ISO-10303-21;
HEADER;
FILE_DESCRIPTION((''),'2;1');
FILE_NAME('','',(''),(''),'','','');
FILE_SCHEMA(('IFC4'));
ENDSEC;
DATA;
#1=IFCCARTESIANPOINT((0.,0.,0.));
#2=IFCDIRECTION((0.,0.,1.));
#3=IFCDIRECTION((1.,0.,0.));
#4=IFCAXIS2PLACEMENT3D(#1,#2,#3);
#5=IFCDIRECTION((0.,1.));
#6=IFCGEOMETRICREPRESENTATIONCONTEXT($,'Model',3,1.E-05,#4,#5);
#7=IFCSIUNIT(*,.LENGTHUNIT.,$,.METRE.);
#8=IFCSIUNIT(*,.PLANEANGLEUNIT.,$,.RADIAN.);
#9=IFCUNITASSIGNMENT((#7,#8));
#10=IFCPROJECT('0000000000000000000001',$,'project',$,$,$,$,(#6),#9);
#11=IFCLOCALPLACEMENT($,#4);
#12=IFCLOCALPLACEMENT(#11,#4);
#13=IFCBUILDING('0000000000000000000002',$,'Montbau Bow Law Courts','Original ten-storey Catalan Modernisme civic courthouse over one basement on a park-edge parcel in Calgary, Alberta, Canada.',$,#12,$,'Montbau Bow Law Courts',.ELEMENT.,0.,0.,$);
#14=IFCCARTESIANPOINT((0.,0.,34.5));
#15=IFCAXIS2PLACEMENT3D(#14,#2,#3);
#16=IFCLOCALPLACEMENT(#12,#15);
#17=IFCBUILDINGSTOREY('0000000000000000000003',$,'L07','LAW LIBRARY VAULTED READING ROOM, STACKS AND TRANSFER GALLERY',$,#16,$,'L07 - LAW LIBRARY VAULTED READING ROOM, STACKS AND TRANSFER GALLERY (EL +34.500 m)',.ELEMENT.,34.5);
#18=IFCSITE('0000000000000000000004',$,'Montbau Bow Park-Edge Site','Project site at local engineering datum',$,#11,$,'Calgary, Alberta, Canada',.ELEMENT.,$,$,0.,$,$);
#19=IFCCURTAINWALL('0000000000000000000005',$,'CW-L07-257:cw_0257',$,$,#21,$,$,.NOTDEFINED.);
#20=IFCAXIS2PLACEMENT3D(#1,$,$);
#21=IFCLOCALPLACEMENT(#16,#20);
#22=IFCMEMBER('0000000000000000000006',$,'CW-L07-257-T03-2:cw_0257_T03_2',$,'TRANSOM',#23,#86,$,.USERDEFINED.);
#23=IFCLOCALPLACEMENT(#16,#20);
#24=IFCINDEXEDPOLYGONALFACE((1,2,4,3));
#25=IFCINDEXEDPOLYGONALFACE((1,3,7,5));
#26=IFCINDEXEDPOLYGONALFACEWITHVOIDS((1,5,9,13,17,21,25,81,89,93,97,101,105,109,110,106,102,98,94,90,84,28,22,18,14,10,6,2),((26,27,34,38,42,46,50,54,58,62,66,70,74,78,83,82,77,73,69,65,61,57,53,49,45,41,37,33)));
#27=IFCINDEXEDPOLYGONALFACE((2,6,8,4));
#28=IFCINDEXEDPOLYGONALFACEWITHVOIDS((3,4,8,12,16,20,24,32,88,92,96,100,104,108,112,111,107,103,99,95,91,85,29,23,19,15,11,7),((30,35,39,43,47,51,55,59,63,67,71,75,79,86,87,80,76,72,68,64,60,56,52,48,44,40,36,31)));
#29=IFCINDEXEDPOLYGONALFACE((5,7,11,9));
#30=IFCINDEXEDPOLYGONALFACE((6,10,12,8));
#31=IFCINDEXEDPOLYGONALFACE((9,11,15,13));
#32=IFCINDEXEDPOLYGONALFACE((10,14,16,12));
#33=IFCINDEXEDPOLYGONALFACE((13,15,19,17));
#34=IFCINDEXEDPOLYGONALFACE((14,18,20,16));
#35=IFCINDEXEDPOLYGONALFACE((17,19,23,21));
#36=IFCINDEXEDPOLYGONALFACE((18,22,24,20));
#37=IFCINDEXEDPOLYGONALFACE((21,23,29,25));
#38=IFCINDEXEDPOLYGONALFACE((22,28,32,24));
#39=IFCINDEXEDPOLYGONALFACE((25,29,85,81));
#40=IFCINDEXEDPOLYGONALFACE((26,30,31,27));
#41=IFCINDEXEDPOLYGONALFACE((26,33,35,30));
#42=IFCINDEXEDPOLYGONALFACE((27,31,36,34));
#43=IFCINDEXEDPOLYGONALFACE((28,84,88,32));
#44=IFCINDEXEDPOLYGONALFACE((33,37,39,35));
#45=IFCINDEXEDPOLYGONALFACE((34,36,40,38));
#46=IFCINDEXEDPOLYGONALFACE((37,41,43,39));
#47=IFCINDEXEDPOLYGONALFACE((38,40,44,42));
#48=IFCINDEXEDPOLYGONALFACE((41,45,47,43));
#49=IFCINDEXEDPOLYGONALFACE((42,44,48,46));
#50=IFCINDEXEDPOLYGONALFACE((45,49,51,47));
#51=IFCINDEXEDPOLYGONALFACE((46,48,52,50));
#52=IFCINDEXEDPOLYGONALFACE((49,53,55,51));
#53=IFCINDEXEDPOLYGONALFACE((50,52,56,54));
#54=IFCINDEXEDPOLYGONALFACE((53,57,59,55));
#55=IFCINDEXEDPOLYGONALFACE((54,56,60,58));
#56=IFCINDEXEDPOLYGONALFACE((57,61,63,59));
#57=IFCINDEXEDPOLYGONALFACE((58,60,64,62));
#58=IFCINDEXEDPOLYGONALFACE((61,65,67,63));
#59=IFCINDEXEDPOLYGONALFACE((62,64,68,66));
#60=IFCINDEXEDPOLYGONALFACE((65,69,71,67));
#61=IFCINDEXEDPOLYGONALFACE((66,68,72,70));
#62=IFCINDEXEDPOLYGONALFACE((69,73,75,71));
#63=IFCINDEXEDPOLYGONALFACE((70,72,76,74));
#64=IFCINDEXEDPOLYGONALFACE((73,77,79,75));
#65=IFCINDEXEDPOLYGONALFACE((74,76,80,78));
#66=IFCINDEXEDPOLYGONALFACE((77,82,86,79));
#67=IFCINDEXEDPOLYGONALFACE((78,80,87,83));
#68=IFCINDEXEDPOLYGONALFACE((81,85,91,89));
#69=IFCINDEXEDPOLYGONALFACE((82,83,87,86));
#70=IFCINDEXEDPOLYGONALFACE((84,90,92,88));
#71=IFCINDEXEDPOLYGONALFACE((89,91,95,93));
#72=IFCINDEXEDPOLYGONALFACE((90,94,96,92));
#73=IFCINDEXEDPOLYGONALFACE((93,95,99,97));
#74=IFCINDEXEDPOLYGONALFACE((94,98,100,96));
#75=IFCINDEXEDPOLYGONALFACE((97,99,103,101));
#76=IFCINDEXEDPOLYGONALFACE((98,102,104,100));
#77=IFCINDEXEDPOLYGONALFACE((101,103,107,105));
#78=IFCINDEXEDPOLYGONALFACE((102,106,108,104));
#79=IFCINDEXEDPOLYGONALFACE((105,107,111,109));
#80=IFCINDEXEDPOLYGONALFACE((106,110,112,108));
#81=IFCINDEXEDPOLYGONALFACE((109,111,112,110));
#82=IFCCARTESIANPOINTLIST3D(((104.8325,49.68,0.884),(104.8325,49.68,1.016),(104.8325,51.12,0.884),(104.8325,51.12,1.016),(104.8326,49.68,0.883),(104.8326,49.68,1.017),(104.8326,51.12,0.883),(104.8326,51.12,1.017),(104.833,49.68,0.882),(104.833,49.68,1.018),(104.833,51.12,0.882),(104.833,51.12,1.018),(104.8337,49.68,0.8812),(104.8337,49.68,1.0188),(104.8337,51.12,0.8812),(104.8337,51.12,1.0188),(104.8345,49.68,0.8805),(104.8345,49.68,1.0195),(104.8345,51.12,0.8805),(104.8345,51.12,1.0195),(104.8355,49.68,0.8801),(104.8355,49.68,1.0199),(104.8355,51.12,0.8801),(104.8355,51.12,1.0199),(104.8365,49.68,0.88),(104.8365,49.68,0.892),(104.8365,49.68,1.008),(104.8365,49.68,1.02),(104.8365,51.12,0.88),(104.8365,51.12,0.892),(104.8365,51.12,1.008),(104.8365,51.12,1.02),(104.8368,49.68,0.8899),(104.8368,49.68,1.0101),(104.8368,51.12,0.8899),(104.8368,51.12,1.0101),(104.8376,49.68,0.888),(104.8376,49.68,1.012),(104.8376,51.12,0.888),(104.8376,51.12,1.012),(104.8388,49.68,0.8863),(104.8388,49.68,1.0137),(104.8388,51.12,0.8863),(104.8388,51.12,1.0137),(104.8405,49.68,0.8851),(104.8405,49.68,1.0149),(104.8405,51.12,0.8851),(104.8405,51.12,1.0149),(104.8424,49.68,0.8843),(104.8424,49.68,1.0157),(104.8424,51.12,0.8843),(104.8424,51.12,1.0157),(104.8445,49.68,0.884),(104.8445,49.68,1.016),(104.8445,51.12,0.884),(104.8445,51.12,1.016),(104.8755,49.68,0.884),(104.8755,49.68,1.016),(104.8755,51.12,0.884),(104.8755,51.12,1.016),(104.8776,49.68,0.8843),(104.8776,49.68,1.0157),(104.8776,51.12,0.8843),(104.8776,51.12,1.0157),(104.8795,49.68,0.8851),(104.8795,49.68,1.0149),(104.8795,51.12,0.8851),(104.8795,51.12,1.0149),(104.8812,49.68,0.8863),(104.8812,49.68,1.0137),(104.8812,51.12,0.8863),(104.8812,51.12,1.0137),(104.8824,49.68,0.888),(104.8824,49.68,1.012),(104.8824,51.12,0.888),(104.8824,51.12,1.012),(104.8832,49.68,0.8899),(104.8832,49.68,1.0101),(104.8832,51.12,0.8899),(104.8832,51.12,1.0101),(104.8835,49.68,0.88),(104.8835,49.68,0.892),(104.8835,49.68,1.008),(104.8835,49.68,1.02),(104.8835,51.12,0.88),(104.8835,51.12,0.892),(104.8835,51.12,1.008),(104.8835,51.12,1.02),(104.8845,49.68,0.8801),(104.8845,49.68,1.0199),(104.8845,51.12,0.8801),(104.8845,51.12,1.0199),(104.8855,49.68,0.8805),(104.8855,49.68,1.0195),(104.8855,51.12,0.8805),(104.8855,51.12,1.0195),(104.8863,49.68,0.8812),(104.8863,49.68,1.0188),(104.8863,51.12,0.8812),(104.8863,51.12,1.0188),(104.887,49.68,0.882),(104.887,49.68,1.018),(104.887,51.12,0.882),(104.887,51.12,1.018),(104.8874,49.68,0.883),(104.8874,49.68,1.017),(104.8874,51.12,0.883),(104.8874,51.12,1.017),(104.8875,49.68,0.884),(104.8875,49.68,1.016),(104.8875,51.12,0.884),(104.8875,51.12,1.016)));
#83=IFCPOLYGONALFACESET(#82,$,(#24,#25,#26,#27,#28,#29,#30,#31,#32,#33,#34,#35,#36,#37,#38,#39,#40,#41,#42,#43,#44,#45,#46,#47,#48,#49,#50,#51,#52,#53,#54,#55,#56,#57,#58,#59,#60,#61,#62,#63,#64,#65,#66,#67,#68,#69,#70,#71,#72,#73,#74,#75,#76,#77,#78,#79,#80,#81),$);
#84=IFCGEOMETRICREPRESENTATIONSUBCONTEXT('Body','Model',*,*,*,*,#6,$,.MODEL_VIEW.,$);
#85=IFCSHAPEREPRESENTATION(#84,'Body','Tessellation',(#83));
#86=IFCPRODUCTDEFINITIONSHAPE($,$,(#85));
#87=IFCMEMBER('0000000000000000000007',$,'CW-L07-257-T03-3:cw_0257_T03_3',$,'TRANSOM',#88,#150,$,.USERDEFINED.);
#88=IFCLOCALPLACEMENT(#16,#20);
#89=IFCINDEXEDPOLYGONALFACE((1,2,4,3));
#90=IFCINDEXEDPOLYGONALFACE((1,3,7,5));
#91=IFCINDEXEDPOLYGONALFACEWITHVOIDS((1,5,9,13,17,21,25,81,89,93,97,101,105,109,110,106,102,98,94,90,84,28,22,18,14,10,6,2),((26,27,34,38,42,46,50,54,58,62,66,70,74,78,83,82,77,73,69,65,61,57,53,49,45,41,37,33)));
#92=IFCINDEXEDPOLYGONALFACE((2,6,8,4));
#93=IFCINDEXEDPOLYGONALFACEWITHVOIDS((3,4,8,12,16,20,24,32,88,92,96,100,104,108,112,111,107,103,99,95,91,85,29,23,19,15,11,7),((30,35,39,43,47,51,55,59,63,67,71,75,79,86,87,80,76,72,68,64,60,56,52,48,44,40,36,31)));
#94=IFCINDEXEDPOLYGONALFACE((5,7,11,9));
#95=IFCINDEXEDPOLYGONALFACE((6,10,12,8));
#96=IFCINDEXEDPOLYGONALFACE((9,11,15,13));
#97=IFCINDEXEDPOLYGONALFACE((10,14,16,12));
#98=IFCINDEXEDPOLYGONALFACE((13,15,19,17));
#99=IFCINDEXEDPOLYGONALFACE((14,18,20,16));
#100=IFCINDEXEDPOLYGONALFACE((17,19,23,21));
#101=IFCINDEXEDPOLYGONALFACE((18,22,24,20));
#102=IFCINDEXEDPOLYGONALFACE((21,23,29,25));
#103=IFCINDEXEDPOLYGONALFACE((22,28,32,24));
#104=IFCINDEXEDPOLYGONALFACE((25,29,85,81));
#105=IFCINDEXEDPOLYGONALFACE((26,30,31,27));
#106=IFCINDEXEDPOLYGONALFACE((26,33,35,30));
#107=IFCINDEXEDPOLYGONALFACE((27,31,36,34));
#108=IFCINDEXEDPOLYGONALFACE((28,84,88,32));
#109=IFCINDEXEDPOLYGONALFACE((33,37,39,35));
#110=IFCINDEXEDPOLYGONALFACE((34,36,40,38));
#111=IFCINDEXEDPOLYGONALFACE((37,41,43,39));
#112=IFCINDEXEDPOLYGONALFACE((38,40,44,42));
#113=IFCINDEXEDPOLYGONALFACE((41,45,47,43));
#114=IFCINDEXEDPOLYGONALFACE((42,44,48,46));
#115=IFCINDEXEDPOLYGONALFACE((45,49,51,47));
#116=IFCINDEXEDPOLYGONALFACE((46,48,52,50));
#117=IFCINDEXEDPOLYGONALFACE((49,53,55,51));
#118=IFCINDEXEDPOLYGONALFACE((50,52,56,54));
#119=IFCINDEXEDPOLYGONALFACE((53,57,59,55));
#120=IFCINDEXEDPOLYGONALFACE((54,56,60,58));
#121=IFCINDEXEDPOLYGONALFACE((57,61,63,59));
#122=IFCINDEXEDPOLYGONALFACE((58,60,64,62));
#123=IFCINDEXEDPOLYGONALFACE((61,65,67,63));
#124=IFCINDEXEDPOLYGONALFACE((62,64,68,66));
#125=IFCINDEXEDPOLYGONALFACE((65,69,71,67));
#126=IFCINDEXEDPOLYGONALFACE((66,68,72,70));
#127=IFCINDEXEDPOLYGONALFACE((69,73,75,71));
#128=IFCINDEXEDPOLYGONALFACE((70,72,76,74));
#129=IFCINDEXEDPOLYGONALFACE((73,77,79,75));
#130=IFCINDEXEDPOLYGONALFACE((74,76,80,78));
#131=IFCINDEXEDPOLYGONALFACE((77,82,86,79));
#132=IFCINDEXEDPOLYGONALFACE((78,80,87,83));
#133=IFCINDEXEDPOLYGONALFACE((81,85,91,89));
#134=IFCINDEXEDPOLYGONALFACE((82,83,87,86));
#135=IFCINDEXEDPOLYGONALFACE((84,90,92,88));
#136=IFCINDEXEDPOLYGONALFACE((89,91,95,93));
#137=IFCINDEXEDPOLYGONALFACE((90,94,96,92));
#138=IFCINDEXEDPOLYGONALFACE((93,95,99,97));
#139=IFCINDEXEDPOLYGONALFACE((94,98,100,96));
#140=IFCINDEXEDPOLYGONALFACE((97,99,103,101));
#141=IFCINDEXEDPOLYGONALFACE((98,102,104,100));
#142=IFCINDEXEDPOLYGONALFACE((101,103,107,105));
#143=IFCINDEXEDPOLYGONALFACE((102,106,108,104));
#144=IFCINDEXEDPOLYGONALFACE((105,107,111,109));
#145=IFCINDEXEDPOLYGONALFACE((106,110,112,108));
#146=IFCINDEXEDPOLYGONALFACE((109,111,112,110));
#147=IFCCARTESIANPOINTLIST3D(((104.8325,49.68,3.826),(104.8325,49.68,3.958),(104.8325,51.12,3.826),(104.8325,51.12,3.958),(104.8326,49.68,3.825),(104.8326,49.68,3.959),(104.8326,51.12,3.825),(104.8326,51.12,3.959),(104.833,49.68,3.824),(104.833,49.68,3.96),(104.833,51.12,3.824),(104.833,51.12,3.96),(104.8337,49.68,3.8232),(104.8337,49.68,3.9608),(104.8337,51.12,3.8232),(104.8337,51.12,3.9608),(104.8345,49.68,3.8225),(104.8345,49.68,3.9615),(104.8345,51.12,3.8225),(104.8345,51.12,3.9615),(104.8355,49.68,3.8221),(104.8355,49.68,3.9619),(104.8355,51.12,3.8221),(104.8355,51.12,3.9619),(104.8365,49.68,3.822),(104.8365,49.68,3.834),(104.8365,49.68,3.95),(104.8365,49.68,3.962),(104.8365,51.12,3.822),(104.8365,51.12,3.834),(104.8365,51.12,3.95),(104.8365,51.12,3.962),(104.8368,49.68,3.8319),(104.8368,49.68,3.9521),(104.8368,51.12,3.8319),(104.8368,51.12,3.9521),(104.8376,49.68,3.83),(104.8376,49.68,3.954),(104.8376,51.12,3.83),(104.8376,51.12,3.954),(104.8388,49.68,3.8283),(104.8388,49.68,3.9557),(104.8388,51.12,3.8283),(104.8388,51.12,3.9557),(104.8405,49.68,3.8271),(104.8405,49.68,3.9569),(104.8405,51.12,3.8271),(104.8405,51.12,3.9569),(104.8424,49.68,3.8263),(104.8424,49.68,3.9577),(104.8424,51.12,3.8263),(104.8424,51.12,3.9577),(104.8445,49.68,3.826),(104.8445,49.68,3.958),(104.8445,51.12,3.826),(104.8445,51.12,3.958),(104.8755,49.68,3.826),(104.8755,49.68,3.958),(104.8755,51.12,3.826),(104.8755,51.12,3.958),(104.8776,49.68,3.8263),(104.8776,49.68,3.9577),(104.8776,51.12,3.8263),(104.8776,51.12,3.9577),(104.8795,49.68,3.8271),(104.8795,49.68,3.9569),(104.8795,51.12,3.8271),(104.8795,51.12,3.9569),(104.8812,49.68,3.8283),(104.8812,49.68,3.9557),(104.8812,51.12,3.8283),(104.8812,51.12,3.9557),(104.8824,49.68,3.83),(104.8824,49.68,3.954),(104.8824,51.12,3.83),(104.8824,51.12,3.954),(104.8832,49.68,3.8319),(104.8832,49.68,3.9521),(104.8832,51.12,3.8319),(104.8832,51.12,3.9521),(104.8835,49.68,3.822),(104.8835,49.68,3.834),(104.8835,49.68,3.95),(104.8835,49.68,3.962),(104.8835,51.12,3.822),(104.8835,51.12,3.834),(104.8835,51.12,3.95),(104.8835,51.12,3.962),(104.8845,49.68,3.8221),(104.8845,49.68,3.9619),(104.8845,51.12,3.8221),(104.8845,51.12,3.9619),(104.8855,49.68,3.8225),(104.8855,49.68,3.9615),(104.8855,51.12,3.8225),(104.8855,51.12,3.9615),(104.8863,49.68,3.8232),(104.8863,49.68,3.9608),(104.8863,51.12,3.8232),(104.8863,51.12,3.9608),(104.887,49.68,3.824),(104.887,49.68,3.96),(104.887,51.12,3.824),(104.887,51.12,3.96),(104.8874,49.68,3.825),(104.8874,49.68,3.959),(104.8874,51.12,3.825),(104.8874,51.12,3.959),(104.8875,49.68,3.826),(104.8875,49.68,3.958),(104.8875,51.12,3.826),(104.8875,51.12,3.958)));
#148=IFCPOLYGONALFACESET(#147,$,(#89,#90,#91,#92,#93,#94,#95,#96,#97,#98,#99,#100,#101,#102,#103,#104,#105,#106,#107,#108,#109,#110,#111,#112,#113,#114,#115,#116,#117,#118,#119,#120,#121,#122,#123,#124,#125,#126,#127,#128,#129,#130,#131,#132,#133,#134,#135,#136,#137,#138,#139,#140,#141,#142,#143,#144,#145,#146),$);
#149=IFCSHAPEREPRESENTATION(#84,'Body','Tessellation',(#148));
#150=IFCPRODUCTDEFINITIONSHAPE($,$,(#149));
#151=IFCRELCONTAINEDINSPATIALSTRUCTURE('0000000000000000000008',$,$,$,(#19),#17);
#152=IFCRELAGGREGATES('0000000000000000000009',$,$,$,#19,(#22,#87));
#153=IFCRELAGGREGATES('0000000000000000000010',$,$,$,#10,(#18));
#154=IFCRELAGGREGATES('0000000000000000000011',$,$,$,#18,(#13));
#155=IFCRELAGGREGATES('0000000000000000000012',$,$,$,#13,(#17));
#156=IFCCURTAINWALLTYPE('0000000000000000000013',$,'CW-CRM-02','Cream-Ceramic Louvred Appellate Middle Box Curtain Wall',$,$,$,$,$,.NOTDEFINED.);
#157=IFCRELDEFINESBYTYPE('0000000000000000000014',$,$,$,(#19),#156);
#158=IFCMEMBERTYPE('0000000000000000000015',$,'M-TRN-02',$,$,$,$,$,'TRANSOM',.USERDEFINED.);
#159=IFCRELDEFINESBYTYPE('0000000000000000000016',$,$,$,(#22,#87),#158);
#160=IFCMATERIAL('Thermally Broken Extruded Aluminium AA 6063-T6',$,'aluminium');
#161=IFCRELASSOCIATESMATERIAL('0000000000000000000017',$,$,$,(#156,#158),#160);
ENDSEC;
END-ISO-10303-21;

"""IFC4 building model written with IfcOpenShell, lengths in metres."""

from ifc_helpers import new_model, si_unit, direction, frame, origin_with_axes, origin_2d_with_axis, place, context, subcontext, project, spatial, hollow_rectangle, extrude, material, material_profile, profile_set, type_object, element, aggregate, save


model = new_model("IFC4")

# Units and contexts
model_context = context("Model", 3, precision=1e-05, world=origin_with_axes(), true_north=direction((0.0, 1.0)))
body_context = subcontext(model_context, "Body", "Model", "MODEL_VIEW")
ifc_project = project(units=[si_unit("LENGTHUNIT", "METRE"), si_unit("PLANEANGLEUNIT", "RADIAN")], contexts=[model_context])

# Site, building, storey
site_placement = place(None, origin_with_axes())
site = spatial("IfcSite", under=ifc_project, at=site_placement, Name="Montbau Bow Park-Edge Site", Description="Project site at local engineering datum", LongName="Calgary, Alberta, Canada", CompositionType="ELEMENT", RefElevation=0.0)
building_placement = place(site_placement, origin_with_axes())
building = spatial("IfcBuilding", under=site, at=building_placement, Name="Montbau Bow Law Courts", Description="Original ten-storey Catalan Modernisme civic courthouse over one basement on a park-edge parcel in Calgary, Alberta, Canada.", LongName="Montbau Bow Law Courts", CompositionType="ELEMENT", ElevationOfRefHeight=0.0, ElevationOfTerrain=0.0)
storey_placement = place(building_placement, frame((0.0, 0.0, 34.5), z_axis=(0.0, 0.0, 1.0), x_axis=(1.0, 0.0, 0.0)))
storey = spatial("IfcBuildingStorey", under=building, at=storey_placement, Name="L07", Description="LAW LIBRARY VAULTED READING ROOM, STACKS AND TRANSFER GALLERY", LongName="L07 - LAW LIBRARY VAULTED READING ROOM, STACKS AND TRANSFER GALLERY (EL +34.500 m)", CompositionType="ELEMENT", Elevation=34.5)

# Curtain wall
ifc_material_1 = material(Name="Thermally Broken Extruded Aluminium AA 6063-T6", Category="aluminium")
curtain_wall_type = type_object("IfcCurtainWallType", Name="CW-CRM-02", Description="Cream-Ceramic Louvred Appellate Middle Box Curtain Wall", PredefinedType="NOTDEFINED", material=ifc_material_1)
curtain_wall_1_placement = place(None, frame((104.86, 46.64, 34.5), z_axis=(0.0, 0.0, 1.0), x_axis=(1.0, 0.0, 0.0)))
curtain_wall_1 = element("IfcCurtainWall", 1, at=curtain_wall_1_placement, inside=storey, type_object=curtain_wall_type, Name="CW-L07-257:cw_0257", PredefinedType="NOTDEFINED")

# Members
ifc_material_profile_1 = material_profile(ifc_material_1, hollow_rectangle(XDim=0.055, YDim=0.14, WallThickness=0.004, InnerFilletRadius=0.008, OuterFilletRadius=0.004, at=origin_2d_with_axis()), Name="CWT-140X55", Category="Main", Priority=0)
ifc_profile_set_1 = profile_set([ifc_material_profile_1], Name="Thermally Broken Extruded Aluminium AA 6063-T6")
member_type_1 = type_object("IfcMemberType", Name="M-TRN-02", ElementType="TRANSOM", PredefinedType="USERDEFINED", material=ifc_profile_set_1)
member_1_placement = place(None, frame((104.86, 49.68, 35.45), z_axis=(0.0, 1.0, 0.0), x_axis=(-1.0, 0.0, 0.0)))
member_1 = element("IfcMember", 2, at=member_1_placement, type_object=member_type_1, Name="CW-L07-257-T03-2:cw_0257_T03_2", ObjectType="TRANSOM", PredefinedType="USERDEFINED", context=body_context, shape_type="SweptSolid", body=[
    extrude(hollow_rectangle(XDim=0.055, YDim=0.14, WallThickness=0.004, InnerFilletRadius=0.008, OuterFilletRadius=0.004, at=origin_2d_with_axis()), origin_with_axes(), (0.0, 0.0, 1.0), 1.44),
])
member_2_placement = place(None, frame((104.86, 49.68, 38.392), z_axis=(0.0, 1.0, 0.0), x_axis=(-1.0, 0.0, 0.0)))
member_2 = element("IfcMember", 3, at=member_2_placement, type_object=member_type_1, Name="CW-L07-257-T03-3:cw_0257_T03_3", ObjectType="TRANSOM", PredefinedType="USERDEFINED", context=body_context, shape_type="SweptSolid", body=[
    extrude(hollow_rectangle(XDim=0.055, YDim=0.14, WallThickness=0.004, InnerFilletRadius=0.008, OuterFilletRadius=0.004, at=origin_2d_with_axis()), origin_with_axes(), (0.0, 0.0, 1.0), 1.44),
])

aggregate(curtain_wall_1, [member_1, member_2])

save(model, "model.ifc")
